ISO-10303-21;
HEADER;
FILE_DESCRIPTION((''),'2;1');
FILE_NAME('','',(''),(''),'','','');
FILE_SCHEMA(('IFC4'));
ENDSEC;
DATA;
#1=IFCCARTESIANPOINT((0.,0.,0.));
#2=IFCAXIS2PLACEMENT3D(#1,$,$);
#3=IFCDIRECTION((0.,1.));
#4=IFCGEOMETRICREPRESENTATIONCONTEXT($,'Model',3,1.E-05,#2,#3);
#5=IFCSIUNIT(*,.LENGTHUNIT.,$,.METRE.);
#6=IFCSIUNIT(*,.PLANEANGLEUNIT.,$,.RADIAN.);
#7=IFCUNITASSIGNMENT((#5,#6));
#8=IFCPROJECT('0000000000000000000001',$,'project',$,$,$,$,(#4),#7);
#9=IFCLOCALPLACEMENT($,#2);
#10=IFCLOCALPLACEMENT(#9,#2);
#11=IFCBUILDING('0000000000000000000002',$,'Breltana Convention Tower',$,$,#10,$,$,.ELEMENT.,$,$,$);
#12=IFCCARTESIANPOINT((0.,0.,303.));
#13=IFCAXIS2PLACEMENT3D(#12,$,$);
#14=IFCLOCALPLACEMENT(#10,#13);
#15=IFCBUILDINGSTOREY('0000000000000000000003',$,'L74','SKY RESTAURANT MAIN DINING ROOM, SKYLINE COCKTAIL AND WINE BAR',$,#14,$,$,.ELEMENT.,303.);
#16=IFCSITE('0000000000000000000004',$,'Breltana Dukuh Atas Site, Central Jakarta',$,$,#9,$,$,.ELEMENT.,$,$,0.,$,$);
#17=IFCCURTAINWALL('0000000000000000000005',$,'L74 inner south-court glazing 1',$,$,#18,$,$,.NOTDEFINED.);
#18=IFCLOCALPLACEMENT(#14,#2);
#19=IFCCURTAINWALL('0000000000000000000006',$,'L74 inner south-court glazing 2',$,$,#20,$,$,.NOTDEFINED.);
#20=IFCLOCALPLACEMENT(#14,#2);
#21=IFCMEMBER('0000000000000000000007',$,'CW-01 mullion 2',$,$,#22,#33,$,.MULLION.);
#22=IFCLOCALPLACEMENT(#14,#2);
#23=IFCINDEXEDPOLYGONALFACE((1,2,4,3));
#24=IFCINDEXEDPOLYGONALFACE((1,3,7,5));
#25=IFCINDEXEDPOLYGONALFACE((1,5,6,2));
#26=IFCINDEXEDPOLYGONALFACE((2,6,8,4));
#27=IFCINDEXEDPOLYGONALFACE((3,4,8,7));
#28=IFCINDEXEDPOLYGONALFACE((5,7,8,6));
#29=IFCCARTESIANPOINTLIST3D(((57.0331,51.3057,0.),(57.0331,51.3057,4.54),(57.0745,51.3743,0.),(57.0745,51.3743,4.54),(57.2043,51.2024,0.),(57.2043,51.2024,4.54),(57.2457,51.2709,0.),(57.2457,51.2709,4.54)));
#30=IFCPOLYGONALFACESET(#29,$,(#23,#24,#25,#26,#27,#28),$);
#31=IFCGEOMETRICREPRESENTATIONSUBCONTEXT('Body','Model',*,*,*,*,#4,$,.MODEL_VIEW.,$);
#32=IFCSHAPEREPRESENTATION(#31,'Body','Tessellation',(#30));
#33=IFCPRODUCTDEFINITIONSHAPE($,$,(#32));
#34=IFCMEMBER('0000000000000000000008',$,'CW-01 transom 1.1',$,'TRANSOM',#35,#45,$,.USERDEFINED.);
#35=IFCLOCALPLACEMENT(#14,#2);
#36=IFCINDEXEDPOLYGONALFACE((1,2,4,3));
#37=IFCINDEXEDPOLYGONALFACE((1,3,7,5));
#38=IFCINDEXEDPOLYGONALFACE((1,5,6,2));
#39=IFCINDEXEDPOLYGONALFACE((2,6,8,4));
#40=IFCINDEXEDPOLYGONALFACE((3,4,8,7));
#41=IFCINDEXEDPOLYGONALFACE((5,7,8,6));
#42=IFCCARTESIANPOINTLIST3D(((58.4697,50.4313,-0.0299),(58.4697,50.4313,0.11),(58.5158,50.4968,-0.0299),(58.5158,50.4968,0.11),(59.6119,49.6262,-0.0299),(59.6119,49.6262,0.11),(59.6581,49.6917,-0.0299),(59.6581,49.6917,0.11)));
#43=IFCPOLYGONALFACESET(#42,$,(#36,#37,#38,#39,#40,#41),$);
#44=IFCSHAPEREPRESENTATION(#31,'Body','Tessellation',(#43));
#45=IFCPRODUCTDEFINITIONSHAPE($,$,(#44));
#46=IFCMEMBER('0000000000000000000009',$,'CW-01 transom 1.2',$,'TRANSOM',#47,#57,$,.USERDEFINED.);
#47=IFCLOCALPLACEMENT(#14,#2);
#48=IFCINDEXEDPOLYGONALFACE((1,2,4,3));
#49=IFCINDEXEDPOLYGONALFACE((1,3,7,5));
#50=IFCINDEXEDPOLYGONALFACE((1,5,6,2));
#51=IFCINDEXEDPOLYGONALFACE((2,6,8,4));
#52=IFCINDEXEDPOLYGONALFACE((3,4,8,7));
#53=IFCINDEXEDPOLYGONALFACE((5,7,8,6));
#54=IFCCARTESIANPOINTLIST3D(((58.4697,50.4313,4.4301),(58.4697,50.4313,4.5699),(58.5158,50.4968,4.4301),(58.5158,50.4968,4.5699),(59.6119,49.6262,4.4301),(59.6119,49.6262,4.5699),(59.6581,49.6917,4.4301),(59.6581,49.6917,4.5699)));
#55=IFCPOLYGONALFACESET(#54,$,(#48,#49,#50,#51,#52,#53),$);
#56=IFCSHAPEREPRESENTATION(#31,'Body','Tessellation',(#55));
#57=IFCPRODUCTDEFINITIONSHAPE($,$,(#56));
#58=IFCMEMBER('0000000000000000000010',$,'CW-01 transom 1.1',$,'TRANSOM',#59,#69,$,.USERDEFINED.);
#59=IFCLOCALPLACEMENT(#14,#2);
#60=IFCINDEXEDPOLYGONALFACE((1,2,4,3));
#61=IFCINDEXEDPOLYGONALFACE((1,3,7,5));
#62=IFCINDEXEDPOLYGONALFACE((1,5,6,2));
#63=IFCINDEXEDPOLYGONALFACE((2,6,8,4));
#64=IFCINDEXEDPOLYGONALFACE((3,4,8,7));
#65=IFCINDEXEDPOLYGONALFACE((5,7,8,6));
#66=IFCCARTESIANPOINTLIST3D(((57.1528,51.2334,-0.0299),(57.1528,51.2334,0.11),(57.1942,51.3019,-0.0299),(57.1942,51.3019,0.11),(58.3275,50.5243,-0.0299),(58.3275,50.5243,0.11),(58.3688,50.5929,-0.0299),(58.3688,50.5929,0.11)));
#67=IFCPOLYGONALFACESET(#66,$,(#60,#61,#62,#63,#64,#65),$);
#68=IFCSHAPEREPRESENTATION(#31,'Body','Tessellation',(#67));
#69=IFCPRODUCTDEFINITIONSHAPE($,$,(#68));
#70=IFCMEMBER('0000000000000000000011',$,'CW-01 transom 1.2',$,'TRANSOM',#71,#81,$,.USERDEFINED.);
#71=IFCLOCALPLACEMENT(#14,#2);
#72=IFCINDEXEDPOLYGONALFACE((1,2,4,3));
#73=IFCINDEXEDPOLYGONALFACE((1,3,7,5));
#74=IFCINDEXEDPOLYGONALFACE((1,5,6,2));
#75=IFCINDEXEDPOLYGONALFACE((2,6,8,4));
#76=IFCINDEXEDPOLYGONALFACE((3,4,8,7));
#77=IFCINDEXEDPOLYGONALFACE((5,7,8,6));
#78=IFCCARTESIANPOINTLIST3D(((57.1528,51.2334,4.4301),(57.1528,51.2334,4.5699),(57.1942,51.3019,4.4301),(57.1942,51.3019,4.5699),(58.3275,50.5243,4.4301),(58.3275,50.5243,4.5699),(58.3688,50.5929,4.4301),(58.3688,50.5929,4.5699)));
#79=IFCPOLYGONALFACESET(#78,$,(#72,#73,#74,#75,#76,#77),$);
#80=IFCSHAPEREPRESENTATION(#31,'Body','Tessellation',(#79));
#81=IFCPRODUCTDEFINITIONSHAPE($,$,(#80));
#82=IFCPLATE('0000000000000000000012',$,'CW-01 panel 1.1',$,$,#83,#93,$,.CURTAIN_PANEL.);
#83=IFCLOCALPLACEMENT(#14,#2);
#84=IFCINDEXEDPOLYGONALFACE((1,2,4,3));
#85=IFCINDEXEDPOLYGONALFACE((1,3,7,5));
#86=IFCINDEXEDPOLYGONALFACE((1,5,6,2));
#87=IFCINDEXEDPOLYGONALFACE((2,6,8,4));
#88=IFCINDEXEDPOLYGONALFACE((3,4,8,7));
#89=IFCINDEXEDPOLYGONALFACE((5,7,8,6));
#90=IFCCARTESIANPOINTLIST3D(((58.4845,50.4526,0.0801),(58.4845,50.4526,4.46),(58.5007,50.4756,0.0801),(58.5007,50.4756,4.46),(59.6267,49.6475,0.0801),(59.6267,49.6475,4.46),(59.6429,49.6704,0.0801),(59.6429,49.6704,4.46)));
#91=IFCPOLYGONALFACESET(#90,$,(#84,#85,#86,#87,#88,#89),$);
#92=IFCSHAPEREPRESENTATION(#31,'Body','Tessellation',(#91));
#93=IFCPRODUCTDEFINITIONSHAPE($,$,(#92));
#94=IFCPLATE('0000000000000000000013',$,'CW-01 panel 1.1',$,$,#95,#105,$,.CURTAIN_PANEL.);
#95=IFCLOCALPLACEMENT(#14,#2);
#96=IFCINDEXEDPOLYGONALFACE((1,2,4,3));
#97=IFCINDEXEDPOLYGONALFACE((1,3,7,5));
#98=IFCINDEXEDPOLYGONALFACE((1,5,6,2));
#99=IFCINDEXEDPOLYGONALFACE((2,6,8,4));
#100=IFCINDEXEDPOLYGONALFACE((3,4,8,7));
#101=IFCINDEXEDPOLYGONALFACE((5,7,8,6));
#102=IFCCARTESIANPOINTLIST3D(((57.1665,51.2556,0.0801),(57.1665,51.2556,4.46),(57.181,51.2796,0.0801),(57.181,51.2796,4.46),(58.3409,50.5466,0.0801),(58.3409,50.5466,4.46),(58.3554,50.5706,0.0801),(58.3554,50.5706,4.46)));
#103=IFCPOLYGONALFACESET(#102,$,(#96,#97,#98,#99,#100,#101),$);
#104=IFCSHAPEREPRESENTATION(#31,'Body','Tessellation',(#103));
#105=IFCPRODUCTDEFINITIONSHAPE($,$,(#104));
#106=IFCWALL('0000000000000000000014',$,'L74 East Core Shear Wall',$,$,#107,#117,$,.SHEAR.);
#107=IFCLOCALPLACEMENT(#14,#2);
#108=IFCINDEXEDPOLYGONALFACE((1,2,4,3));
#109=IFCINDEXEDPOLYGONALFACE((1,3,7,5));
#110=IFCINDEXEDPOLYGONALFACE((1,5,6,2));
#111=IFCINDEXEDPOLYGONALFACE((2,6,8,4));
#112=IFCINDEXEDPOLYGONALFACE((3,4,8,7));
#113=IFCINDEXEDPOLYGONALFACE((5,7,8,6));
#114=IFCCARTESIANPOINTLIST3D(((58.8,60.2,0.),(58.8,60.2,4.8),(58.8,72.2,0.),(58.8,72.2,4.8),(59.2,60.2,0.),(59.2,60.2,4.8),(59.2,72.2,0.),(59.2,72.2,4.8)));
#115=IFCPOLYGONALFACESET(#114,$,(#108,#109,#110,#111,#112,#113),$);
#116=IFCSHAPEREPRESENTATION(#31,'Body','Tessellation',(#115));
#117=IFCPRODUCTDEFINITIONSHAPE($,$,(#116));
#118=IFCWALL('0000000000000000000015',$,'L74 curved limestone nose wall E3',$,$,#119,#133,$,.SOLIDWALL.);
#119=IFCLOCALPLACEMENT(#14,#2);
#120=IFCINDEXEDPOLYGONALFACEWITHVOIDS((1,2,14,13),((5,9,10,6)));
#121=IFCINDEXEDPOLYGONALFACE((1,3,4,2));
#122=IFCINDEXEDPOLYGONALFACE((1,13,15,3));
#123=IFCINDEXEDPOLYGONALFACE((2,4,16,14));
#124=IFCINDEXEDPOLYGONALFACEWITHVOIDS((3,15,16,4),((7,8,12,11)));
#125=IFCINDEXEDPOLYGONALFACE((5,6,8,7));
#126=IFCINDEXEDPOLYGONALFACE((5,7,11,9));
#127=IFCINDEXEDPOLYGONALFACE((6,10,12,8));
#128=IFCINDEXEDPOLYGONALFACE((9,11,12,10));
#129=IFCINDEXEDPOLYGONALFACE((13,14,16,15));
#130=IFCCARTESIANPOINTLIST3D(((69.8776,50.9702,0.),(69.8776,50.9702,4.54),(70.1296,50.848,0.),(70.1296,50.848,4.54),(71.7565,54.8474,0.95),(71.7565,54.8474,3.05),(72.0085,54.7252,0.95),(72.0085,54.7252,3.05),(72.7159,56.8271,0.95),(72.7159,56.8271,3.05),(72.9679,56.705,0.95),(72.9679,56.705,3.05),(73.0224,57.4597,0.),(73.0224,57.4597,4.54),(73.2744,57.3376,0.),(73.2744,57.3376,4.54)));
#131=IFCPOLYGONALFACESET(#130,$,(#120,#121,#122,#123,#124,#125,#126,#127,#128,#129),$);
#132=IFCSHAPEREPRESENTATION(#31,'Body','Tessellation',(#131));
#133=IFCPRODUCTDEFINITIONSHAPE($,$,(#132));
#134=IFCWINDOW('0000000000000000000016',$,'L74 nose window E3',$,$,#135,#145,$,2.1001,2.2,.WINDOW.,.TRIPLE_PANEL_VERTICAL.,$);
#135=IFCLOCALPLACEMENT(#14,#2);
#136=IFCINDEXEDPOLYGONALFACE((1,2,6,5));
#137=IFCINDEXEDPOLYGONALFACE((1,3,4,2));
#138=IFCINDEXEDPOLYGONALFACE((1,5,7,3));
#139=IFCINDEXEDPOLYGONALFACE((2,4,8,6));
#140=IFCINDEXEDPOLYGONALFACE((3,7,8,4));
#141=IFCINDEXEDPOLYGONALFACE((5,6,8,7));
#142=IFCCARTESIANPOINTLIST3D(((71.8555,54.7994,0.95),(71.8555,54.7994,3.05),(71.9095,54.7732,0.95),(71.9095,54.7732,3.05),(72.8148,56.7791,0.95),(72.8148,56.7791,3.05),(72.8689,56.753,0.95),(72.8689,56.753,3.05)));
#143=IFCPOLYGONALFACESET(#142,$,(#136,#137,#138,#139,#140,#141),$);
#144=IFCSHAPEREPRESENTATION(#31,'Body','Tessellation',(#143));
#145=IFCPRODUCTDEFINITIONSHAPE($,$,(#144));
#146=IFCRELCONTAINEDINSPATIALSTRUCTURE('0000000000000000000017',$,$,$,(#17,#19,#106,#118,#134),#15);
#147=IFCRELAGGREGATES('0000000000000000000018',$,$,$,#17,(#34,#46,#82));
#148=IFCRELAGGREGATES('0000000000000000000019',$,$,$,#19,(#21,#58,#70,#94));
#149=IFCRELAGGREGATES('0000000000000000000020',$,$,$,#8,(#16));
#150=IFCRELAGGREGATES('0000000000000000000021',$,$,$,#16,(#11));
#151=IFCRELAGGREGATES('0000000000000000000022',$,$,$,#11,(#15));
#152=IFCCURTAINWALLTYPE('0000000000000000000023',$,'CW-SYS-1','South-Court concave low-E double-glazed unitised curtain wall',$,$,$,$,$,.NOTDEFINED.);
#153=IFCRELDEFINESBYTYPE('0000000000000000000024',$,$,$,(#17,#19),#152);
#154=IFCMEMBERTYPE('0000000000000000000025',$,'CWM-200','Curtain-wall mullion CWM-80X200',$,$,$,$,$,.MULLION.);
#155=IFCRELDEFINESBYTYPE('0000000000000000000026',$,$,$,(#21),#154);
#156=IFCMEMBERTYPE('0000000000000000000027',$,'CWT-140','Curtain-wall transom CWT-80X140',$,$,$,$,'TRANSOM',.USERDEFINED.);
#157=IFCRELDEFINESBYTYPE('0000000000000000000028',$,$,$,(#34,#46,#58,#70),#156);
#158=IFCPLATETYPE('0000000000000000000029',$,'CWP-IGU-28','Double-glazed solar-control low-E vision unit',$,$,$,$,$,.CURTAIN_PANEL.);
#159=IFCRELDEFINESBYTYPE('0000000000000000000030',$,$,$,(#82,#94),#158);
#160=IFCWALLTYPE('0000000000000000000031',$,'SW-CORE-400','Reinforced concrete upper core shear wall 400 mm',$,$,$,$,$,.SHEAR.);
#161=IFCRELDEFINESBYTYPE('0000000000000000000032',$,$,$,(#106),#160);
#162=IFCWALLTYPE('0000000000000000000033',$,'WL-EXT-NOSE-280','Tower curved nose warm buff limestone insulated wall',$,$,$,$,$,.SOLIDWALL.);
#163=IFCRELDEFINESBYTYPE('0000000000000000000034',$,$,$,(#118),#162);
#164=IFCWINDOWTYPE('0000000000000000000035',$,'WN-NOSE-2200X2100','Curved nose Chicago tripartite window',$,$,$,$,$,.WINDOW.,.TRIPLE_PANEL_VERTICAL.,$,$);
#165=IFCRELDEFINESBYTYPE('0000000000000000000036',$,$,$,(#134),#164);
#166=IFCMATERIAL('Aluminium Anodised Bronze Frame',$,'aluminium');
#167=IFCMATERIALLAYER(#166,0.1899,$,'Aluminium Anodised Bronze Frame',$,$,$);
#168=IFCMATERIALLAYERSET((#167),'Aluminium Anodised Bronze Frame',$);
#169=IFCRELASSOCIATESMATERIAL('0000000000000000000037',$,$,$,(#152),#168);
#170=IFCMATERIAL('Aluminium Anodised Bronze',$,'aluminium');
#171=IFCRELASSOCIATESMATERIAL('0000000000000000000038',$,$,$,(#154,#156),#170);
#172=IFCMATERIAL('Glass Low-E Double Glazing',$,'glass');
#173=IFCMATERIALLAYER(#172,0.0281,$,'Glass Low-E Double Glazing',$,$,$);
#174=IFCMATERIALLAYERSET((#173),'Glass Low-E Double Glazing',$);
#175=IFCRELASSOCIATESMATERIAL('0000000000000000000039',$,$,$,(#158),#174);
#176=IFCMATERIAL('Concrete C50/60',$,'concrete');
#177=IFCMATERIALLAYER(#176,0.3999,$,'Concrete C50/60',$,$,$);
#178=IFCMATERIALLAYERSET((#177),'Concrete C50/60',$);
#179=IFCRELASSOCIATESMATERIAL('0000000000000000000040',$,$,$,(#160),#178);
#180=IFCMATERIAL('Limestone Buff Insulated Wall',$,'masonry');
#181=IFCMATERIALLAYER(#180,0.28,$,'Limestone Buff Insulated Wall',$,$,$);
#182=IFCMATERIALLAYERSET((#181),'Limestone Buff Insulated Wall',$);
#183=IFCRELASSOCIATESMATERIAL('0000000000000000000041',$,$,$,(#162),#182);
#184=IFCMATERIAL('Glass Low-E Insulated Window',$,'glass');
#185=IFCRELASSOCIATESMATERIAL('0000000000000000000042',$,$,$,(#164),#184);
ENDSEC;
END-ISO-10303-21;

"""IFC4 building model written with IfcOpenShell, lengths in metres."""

from ifc_helpers import new_model, si_unit, direction, frame, frame_2d, origin, origin_2d, place, context, subcontext, project, spatial, rectangle, extrude, source, transform, mapped, material, layer, layer_set, material_profile, profile_set, type_object, type_shapes, element, fill, aggregate, save


model = new_model("IFC4")

# Units and contexts
model_context = context("Model", 3, precision=1e-05, world=origin(), true_north=direction((0.0, 1.0)))
body_context = subcontext(model_context, "Body", "Model", "MODEL_VIEW")
ifc_project = project(units=[si_unit("LENGTHUNIT", "METRE"), si_unit("PLANEANGLEUNIT", "RADIAN")], contexts=[model_context])

# Site, building, storey
site_placement = place(None, origin())
site = spatial("IfcSite", under=ifc_project, at=site_placement, Name="Breltana Dukuh Atas Site, Central Jakarta", CompositionType="ELEMENT", RefElevation=0.0)
building_placement = place(site_placement, origin())
building = spatial("IfcBuilding", under=site, at=building_placement, Name="Breltana Convention Tower", CompositionType="ELEMENT")
storey_placement = place(building_placement, frame((0.0, 0.0, 303.0)))
storey = spatial("IfcBuildingStorey", under=building, at=storey_placement, Name="L74", Description="SKY RESTAURANT MAIN DINING ROOM, SKYLINE COCKTAIL AND WINE BAR", CompositionType="ELEMENT", Elevation=303.0)

# Curtain walls, member
ifc_material_1 = material(Name="Aluminium Anodised Bronze Frame", Category="aluminium")
ifc_layer_1 = layer(ifc_material_1, 0.1899, Name="Aluminium Anodised Bronze Frame")
ifc_layer_set_1 = layer_set([ifc_layer_1], Name="Aluminium Anodised Bronze Frame")
curtain_wall_type = type_object("IfcCurtainWallType", Name="CW-SYS-1", Description="South-Court concave low-E double-glazed unitised curtain wall", PredefinedType="NOTDEFINED", material=ifc_layer_set_1)
curtain_wall_1_placement = place(storey_placement, origin())
curtain_wall_1 = element("IfcCurtainWall", 1, at=curtain_wall_1_placement, inside=storey, type_object=curtain_wall_type, Name="L74 inner south-court glazing 1", PredefinedType="NOTDEFINED")
ifc_material_2 = material(Name="Aluminium Anodised Bronze", Category="aluminium")
ifc_material_profile_1 = material_profile(ifc_material_2, rectangle(XDim=0.0801, YDim=0.2, at=origin_2d()), Name="CWM-80X200")
ifc_profile_set_1 = profile_set([ifc_material_profile_1], Name="Aluminium Anodised Bronze")
member_type_1 = type_object("IfcMemberType", Name="CWM-200", Description="Curtain-wall mullion CWM-80X200", PredefinedType="MULLION", material=ifc_profile_set_1)
shared_shape_1 = source(origin(), body_context, "Body", "SweptSolid", [
    extrude(rectangle(XDim=0.0801, YDim=0.2, at=origin_2d()), origin(), (0.0, 0.0, 1.0), 4.54),
])
curtain_wall_2_placement = place(storey_placement, origin())
curtain_wall_2 = element("IfcCurtainWall", 2, at=curtain_wall_2_placement, inside=storey, type_object=curtain_wall_type, Name="L74 inner south-court glazing 2", PredefinedType="NOTDEFINED")
member_1_placement = place(storey_placement, frame((57.1394, 51.2883, 0.0), z_axis=(0.0, 0.0, 1.0), x_axis=(-0.516827, -0.85609, 0.0)))
member_1 = element("IfcMember", 3, at=member_1_placement, type_object=member_type_1, Name="CW-01 mullion 2", PredefinedType="MULLION", context=body_context, shape_type="MappedRepresentation", body=[
    mapped(shared_shape_1, transform((0.0, 0.0, 0.0), scale=1.0)),
])

# Members
ifc_material_profile_2 = material_profile(ifc_material_2, rectangle(XDim=0.0801, YDim=0.1399, at=origin_2d()), Name="CWT-80X140")
ifc_profile_set_2 = profile_set([ifc_material_profile_2], Name="Aluminium Anodised Bronze")
member_type_2 = type_object("IfcMemberType", Name="CWT-140", Description="Curtain-wall transom CWT-80X140", ElementType="TRANSOM", PredefinedType="USERDEFINED", material=ifc_profile_set_2)
shared_shape_2 = source(origin(), body_context, "Body", "SweptSolid", [
    extrude(rectangle(XDim=0.0801, YDim=0.1399, at=origin_2d()), origin(), (0.0, 0.0, 1.0), 1.3975),
])
member_2_placement = place(storey_placement, frame((59.635, 49.6589, 0.04), z_axis=(-0.817365, 0.576121, 0.0), x_axis=(-0.576121, -0.817365, 0.0)))
member_2 = element("IfcMember", 4, at=member_2_placement, type_object=member_type_2, Name="CW-01 transom 1.1", ObjectType="TRANSOM", PredefinedType="USERDEFINED", context=body_context, shape_type="MappedRepresentation", body=[
    mapped(shared_shape_2, transform((0.0, 0.0, 0.0), scale=1.0)),
])
member_3_placement = place(storey_placement, frame((59.635, 49.6589, 4.5), z_axis=(-0.817365, 0.576121, 0.0), x_axis=(-0.576121, -0.817365, 0.0)))
member_3 = element("IfcMember", 5, at=member_3_placement, type_object=member_type_2, Name="CW-01 transom 1.2", ObjectType="TRANSOM", PredefinedType="USERDEFINED", context=body_context, shape_type="MappedRepresentation", body=[
    mapped(shared_shape_2, transform((0.0, 0.0, 0.0), scale=1.0)),
])
shared_shape_3 = source(origin(), body_context, "Body", "SweptSolid", [
    extrude(rectangle(XDim=0.0801, YDim=0.1399, at=origin_2d()), origin(), (0.0, 0.0, 1.0), 1.3721),
])
member_4_placement = place(storey_placement, frame((58.3481, 50.5586, 0.04), z_axis=(-0.856124, 0.516771, 0.0), x_axis=(-0.516771, -0.856124, 0.0)))
member_4 = element("IfcMember", 6, at=member_4_placement, type_object=member_type_2, Name="CW-01 transom 1.1", ObjectType="TRANSOM", PredefinedType="USERDEFINED", context=body_context, shape_type="MappedRepresentation", body=[
    mapped(shared_shape_3, transform((0.0, 0.0, 0.0), scale=1.0)),
])
member_5_placement = place(storey_placement, frame((58.3481, 50.5586, 4.5), z_axis=(-0.856124, 0.516771, 0.0), x_axis=(-0.516771, -0.856124, 0.0)))
member_5 = element("IfcMember", 7, at=member_5_placement, type_object=member_type_2, Name="CW-01 transom 1.2", ObjectType="TRANSOM", PredefinedType="USERDEFINED", context=body_context, shape_type="MappedRepresentation", body=[
    mapped(shared_shape_3, transform((0.0, 0.0, 0.0), scale=1.0)),
])

# Plates
ifc_material_3 = material(Name="Glass Low-E Double Glazing", Category="glass")
ifc_layer_2 = layer(ifc_material_3, 0.0281, Name="Glass Low-E Double Glazing")
ifc_layer_set_2 = layer_set([ifc_layer_2], Name="Glass Low-E Double Glazing")
plate_type = type_object("IfcPlateType", Name="CWP-IGU-28", Description="Double-glazed solar-control low-E vision unit", PredefinedType="CURTAIN_PANEL", material=ifc_layer_set_2)
shared_shape_4 = source(origin(), body_context, "Body", "SweptSolid", [
    extrude(rectangle(XDim=1.3975, YDim=0.0281, at=origin_2d()), origin(), (0.0, 0.0, 1.0), 4.3799),
])
plate_1_placement = place(storey_placement, frame((59.0637, 50.0615, 0.0801), z_axis=(0.0, 0.0, 1.0), x_axis=(-0.817327, 0.576174, 0.0)))
plate_1 = element("IfcPlate", 8, at=plate_1_placement, type_object=plate_type, Name="CW-01 panel 1.1", PredefinedType="CURTAIN_PANEL", context=body_context, shape_type="MappedRepresentation", body=[
    mapped(shared_shape_4, transform((0.0, 0.0, 0.0), scale=1.0)),
])
aggregate(curtain_wall_1, [member_2, member_3, plate_1])
shared_shape_5 = source(origin(), body_context, "Body", "SweptSolid", [
    extrude(rectangle(XDim=1.3718, YDim=0.0281, at=origin_2d()), origin(), (0.0, 0.0, 1.0), 4.3799),
])
plate_2_placement = place(storey_placement, frame((57.761, 50.9131, 0.0801), z_axis=(0.0, 0.0, 1.0), x_axis=(-0.85609, 0.516827, 0.0)))
plate_2 = element("IfcPlate", 9, at=plate_2_placement, type_object=plate_type, Name="CW-01 panel 1.1", PredefinedType="CURTAIN_PANEL", context=body_context, shape_type="MappedRepresentation", body=[
    mapped(shared_shape_5, transform((0.0, 0.0, 0.0), scale=1.0)),
])
aggregate(curtain_wall_2, [member_1, member_4, member_5, plate_2])

# Wall
ifc_material_4 = material(Name="Concrete C50/60", Category="concrete")
ifc_layer_3 = layer(ifc_material_4, 0.3999, Name="Concrete C50/60")
ifc_layer_set_3 = layer_set([ifc_layer_3], Name="Concrete C50/60")
wall_type_1 = type_object("IfcWallType", Name="SW-CORE-400", Description="Reinforced concrete upper core shear wall 400 mm", PredefinedType="SHEAR", material=ifc_layer_set_3)
shared_shape_6 = source(origin(), body_context, "Body", "SweptSolid", [
    extrude(rectangle(XDim=12.0, YDim=0.3999, at=frame_2d((6.0, 0.0))), origin(), (0.0, 0.0, 1.0), 4.8),
])
wall_1_placement = place(storey_placement, frame((59.0, 60.2, 0.0), z_axis=(0.0, 0.0, 1.0), x_axis=(0.0, 1.0, 0.0)))
element("IfcWall", 10, at=wall_1_placement, inside=storey, type_object=wall_type_1, Name="L74 East Core Shear Wall", PredefinedType="SHEAR", context=body_context, shape_type="MappedRepresentation", body=[
    mapped(shared_shape_6, transform((0.0, 0.0, 0.0), scale=1.0)),
])

# Wall, opening, window
ifc_material_5 = material(Name="Limestone Buff Insulated Wall", Category="masonry")
ifc_layer_4 = layer(ifc_material_5, 0.28, Name="Limestone Buff Insulated Wall")
ifc_layer_set_4 = layer_set([ifc_layer_4], Name="Limestone Buff Insulated Wall")
wall_type_2 = type_object("IfcWallType", Name="WL-EXT-NOSE-280", Description="Tower curved nose warm buff limestone insulated wall", PredefinedType="SOLIDWALL", material=ifc_layer_set_4)
shared_shape_7 = source(origin(), body_context, "Body", "SweptSolid", [
    extrude(rectangle(XDim=7.2114, YDim=0.28, at=frame_2d((3.6057, 0.0))), origin(), (0.0, 0.0, 1.0), 4.54),
])
wall_2_placement = place(storey_placement, frame((73.1484, 57.3987, 0.0), z_axis=(0.0, 0.0, 1.0), x_axis=(-0.436088, -0.899904, 0.0)))
wall_2 = element("IfcWall", 11, at=wall_2_placement, inside=storey, type_object=wall_type_2, Name="L74 curved limestone nose wall E3", PredefinedType="SOLIDWALL", context=body_context, shape_type="MappedRepresentation", body=[
    mapped(shared_shape_7, transform((0.0, 0.0, 0.0), scale=1.0)),
])
opening_1_placement = place(wall_2_placement, frame((0.7029, 0.0, 0.95)))
opening_1 = element("IfcOpeningElement", 12, at=opening_1_placement, cuts=wall_2, PredefinedType="OPENING", context=body_context, shape_type="SweptSolid", body=[
    extrude(rectangle(XDim=2.2, YDim=2.1001, at=frame_2d((1.1001, 1.05))), frame((0.0, 0.1499, 0.0), z_axis=(0.0, -1.0, 0.0), x_axis=(1.0, 0.0, 0.0)), (0.0, 0.0, 1.0), 0.3),
])
ifc_material_6 = material(Name="Glass Low-E Insulated Window", Category="glass")
window_type = type_object("IfcWindowType", Name="WN-NOSE-2200X2100", Description="Curved nose Chicago tripartite window", PartitioningType="TRIPLE_PANEL_VERTICAL", PredefinedType="WINDOW", material=ifc_material_6)
shared_shape_8 = source(origin(), body_context, "Body", "SweptSolid", [
    extrude(rectangle(XDim=2.2, YDim=2.1001, at=frame_2d((1.1001, 1.05))), frame((0.0, 0.03, 0.0), z_axis=(0.0, -1.0, 0.0), x_axis=(1.0, 0.0, 0.0)), (0.0, 0.0, 1.0), 0.0601),
])
type_shapes(window_type, [shared_shape_8])
window_1_placement = place(opening_1_placement, origin())
window_1 = element("IfcWindow", 13, at=window_1_placement, inside=storey, type_object=window_type, Name="L74 nose window E3", OverallHeight=2.1001, OverallWidth=2.2, PartitioningType="TRIPLE_PANEL_VERTICAL", PredefinedType="WINDOW", context=body_context, shape_type="MappedRepresentation", body=[
    mapped(shared_shape_8, transform((0.0, 0.0, 0.0), scale=1.0)),
])
fill(opening_1, window_1)

save(model, "model.ifc")
